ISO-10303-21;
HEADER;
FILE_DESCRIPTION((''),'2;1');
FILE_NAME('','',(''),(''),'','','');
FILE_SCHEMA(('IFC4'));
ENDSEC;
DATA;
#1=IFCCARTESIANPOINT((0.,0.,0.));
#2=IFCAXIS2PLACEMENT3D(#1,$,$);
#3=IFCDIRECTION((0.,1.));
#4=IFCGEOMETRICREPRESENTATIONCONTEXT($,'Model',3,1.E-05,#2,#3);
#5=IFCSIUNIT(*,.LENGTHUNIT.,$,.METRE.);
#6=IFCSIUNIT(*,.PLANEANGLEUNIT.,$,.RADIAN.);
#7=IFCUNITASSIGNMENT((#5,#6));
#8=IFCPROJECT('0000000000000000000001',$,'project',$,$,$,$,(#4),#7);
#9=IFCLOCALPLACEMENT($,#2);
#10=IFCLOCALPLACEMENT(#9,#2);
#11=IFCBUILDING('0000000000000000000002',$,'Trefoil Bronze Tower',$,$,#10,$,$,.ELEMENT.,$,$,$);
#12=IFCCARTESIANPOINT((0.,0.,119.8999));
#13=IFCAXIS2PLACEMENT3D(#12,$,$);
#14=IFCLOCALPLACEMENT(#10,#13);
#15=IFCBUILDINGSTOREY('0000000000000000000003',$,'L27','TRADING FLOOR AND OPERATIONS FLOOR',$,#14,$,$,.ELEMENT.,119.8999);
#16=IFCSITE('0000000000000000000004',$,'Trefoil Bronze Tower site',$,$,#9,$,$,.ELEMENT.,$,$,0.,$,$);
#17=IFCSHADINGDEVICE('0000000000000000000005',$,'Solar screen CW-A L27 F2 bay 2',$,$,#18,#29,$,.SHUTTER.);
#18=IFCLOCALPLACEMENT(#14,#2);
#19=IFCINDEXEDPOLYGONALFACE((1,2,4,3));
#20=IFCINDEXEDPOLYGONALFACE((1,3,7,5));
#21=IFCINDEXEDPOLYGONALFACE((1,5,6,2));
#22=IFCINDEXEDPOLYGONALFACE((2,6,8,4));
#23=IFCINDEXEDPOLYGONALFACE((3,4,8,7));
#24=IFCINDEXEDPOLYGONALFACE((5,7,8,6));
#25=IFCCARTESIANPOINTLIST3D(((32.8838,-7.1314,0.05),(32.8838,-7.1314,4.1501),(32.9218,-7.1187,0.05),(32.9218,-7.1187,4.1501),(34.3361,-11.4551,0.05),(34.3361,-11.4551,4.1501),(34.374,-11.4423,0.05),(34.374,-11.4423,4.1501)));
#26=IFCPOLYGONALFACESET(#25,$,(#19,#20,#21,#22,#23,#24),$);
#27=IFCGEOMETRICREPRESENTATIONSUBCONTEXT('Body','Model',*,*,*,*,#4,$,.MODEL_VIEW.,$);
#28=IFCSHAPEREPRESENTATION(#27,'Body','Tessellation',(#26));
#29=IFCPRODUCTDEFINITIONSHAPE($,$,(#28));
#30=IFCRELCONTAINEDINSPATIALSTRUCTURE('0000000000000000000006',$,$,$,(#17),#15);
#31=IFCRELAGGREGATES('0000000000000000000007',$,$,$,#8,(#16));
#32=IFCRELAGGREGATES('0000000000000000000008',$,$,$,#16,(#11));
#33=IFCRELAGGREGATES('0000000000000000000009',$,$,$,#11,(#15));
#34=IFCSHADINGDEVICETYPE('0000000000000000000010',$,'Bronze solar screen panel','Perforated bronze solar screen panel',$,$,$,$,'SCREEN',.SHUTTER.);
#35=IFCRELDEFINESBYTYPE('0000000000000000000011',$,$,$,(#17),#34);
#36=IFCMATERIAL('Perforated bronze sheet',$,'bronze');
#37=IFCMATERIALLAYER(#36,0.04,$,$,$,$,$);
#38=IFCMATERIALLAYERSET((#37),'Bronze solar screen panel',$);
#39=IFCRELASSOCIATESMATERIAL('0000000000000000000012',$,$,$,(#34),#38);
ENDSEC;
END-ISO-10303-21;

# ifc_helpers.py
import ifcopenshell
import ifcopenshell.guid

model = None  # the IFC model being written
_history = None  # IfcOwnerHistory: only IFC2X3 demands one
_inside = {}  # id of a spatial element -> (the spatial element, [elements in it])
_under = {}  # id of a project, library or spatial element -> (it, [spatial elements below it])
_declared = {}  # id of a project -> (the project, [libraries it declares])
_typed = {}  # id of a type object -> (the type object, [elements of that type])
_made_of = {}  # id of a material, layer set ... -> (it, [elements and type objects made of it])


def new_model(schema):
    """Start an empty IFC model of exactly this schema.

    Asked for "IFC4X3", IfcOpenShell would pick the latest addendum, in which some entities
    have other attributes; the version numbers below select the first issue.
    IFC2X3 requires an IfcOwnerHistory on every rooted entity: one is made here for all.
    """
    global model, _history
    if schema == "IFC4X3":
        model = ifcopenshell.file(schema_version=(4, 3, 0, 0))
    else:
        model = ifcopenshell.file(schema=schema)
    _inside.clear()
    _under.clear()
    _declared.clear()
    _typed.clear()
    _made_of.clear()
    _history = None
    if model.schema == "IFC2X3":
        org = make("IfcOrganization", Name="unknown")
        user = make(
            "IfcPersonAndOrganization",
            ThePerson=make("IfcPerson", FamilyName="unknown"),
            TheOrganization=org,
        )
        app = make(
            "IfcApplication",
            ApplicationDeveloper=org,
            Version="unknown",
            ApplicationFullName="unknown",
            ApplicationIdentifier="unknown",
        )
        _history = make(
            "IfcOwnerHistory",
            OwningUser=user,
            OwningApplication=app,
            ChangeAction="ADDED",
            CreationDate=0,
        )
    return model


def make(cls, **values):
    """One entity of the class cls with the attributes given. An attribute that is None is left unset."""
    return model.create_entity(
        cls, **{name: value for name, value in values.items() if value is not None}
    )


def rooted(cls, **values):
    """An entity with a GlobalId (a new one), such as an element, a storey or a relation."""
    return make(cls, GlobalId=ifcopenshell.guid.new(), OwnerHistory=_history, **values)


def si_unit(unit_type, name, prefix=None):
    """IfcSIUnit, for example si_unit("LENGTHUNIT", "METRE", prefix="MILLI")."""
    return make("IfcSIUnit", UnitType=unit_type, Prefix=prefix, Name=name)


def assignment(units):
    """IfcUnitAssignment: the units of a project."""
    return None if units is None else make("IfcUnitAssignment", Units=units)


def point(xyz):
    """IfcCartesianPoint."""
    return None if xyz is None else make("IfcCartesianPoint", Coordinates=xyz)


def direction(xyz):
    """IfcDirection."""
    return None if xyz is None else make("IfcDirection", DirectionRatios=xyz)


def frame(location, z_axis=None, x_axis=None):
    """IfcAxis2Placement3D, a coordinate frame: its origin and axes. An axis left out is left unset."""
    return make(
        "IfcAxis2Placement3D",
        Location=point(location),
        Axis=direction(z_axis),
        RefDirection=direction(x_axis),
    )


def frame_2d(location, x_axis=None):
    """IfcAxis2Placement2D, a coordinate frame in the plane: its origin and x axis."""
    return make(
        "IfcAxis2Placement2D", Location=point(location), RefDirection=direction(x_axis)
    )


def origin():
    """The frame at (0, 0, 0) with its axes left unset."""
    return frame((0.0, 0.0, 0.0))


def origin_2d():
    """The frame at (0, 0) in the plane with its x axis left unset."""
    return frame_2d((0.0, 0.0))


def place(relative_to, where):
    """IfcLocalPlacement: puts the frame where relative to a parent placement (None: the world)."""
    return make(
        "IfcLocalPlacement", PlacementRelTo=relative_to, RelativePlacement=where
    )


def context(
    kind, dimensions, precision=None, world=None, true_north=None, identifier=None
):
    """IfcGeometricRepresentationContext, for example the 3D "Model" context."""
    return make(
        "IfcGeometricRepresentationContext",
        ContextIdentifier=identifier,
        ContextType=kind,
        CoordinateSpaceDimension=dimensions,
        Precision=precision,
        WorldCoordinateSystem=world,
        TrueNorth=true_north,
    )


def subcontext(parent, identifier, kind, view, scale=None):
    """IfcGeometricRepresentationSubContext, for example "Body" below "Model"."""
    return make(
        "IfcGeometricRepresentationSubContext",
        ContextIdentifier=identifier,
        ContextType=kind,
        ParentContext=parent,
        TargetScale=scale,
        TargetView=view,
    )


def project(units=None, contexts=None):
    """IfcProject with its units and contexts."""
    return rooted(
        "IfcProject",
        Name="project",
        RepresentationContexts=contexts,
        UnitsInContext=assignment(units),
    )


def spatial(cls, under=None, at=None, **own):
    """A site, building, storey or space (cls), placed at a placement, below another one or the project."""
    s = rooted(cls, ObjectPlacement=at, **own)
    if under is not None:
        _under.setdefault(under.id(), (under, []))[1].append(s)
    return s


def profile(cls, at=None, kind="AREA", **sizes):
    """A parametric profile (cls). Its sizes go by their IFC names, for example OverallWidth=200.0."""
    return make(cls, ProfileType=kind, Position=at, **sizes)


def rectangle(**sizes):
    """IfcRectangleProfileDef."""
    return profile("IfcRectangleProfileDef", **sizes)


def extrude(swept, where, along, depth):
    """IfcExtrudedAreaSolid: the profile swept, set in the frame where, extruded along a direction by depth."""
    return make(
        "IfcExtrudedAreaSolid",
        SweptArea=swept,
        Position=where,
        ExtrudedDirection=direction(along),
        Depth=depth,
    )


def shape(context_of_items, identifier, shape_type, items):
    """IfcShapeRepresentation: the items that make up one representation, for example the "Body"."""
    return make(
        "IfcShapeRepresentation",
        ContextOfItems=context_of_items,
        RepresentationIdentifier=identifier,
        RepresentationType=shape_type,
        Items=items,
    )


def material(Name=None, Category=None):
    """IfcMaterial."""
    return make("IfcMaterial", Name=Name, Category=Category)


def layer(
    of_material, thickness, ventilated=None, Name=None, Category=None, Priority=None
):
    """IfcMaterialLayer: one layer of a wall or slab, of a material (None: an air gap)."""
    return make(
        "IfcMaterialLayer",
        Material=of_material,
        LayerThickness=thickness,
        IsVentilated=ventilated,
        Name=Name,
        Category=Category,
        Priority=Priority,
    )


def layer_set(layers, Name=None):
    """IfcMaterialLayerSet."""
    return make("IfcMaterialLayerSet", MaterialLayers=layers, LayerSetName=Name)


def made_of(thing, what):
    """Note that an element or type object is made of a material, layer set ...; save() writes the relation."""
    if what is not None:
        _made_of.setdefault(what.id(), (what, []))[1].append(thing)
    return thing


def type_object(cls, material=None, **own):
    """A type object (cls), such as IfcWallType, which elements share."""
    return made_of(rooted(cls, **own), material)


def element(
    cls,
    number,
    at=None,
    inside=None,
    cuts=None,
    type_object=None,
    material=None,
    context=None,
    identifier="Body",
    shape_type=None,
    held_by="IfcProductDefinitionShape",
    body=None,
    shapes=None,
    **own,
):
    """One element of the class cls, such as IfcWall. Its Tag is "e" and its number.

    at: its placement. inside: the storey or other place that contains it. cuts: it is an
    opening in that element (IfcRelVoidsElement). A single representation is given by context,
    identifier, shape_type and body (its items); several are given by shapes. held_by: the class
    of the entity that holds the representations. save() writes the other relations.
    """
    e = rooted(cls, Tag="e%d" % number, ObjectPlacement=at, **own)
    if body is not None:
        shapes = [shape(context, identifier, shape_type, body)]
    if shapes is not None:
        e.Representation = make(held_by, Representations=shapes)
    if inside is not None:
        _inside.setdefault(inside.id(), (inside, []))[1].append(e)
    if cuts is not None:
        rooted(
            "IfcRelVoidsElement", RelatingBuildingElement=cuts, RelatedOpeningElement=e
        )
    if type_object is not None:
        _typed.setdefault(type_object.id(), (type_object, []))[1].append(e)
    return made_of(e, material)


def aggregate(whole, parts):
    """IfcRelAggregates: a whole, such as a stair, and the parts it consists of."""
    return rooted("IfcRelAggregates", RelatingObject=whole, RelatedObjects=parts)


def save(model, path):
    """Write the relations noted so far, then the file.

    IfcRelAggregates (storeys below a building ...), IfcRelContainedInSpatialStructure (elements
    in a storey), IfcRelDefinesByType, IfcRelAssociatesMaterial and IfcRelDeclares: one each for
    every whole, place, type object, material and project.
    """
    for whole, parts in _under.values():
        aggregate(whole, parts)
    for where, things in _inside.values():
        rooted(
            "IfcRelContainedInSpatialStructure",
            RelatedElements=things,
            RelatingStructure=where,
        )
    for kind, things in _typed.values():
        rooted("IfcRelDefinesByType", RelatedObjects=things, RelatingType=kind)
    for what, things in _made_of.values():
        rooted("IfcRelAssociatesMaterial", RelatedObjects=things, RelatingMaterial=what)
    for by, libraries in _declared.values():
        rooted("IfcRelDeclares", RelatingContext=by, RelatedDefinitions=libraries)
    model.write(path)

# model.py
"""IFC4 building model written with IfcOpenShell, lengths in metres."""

from ifc_helpers import new_model, si_unit, direction, frame, origin, origin_2d, place, context, subcontext, project, spatial, rectangle, extrude, material, layer, layer_set, type_object, element, save


model = new_model("IFC4")

# Units and contexts
model_context = context("Model", 3, precision=1e-05, world=origin(), true_north=direction((0.0, 1.0)))
body_context = subcontext(model_context, "Body", "Model", "MODEL_VIEW")
ifc_project = project(units=[si_unit("LENGTHUNIT", "METRE"), si_unit("PLANEANGLEUNIT", "RADIAN")], contexts=[model_context])

# Site, building, storey
site_placement = place(None, origin())
site = spatial("IfcSite", under=ifc_project, at=site_placement, Name="Trefoil Bronze Tower site", CompositionType="ELEMENT", RefElevation=0.0)
building_placement = place(site_placement, origin())
building = spatial("IfcBuilding", under=site, at=building_placement, Name="Trefoil Bronze Tower", CompositionType="ELEMENT")
storey_placement = place(building_placement, frame((0.0, 0.0, 119.8999)))
storey = spatial("IfcBuildingStorey", under=building, at=storey_placement, Name="L27", Description="TRADING FLOOR AND OPERATIONS FLOOR", CompositionType="ELEMENT", Elevation=119.8999)

# Shading device
ifc_material_1 = material(Name="Perforated bronze sheet", Category="bronze")
ifc_layer_1 = layer(ifc_material_1, 0.04)
ifc_layer_set_1 = layer_set([ifc_layer_1], Name="Bronze solar screen panel")
shading_device_type = type_object("IfcShadingDeviceType", Name="Bronze solar screen panel", Description="Perforated bronze solar screen panel", ElementType="SCREEN", PredefinedType="SHUTTER", material=ifc_layer_set_1)
shading_device_1_placement = place(storey_placement, frame((33.6289, -9.2869, 0.05), z_axis=(0.0, 0.0, 1.0), x_axis=(-0.318404, 0.947955, 0.0)))
element("IfcShadingDevice", 1, at=shading_device_1_placement, inside=storey, type_object=shading_device_type, Name="Solar screen CW-A L27 F2 bay 2", PredefinedType="SHUTTER", context=body_context, shape_type="SweptSolid", body=[
    extrude(rectangle(XDim=4.561, YDim=0.04, at=origin_2d()), origin(), (0.0, 0.0, 1.0), 4.1001),
])

save(model, "model.ifc")
